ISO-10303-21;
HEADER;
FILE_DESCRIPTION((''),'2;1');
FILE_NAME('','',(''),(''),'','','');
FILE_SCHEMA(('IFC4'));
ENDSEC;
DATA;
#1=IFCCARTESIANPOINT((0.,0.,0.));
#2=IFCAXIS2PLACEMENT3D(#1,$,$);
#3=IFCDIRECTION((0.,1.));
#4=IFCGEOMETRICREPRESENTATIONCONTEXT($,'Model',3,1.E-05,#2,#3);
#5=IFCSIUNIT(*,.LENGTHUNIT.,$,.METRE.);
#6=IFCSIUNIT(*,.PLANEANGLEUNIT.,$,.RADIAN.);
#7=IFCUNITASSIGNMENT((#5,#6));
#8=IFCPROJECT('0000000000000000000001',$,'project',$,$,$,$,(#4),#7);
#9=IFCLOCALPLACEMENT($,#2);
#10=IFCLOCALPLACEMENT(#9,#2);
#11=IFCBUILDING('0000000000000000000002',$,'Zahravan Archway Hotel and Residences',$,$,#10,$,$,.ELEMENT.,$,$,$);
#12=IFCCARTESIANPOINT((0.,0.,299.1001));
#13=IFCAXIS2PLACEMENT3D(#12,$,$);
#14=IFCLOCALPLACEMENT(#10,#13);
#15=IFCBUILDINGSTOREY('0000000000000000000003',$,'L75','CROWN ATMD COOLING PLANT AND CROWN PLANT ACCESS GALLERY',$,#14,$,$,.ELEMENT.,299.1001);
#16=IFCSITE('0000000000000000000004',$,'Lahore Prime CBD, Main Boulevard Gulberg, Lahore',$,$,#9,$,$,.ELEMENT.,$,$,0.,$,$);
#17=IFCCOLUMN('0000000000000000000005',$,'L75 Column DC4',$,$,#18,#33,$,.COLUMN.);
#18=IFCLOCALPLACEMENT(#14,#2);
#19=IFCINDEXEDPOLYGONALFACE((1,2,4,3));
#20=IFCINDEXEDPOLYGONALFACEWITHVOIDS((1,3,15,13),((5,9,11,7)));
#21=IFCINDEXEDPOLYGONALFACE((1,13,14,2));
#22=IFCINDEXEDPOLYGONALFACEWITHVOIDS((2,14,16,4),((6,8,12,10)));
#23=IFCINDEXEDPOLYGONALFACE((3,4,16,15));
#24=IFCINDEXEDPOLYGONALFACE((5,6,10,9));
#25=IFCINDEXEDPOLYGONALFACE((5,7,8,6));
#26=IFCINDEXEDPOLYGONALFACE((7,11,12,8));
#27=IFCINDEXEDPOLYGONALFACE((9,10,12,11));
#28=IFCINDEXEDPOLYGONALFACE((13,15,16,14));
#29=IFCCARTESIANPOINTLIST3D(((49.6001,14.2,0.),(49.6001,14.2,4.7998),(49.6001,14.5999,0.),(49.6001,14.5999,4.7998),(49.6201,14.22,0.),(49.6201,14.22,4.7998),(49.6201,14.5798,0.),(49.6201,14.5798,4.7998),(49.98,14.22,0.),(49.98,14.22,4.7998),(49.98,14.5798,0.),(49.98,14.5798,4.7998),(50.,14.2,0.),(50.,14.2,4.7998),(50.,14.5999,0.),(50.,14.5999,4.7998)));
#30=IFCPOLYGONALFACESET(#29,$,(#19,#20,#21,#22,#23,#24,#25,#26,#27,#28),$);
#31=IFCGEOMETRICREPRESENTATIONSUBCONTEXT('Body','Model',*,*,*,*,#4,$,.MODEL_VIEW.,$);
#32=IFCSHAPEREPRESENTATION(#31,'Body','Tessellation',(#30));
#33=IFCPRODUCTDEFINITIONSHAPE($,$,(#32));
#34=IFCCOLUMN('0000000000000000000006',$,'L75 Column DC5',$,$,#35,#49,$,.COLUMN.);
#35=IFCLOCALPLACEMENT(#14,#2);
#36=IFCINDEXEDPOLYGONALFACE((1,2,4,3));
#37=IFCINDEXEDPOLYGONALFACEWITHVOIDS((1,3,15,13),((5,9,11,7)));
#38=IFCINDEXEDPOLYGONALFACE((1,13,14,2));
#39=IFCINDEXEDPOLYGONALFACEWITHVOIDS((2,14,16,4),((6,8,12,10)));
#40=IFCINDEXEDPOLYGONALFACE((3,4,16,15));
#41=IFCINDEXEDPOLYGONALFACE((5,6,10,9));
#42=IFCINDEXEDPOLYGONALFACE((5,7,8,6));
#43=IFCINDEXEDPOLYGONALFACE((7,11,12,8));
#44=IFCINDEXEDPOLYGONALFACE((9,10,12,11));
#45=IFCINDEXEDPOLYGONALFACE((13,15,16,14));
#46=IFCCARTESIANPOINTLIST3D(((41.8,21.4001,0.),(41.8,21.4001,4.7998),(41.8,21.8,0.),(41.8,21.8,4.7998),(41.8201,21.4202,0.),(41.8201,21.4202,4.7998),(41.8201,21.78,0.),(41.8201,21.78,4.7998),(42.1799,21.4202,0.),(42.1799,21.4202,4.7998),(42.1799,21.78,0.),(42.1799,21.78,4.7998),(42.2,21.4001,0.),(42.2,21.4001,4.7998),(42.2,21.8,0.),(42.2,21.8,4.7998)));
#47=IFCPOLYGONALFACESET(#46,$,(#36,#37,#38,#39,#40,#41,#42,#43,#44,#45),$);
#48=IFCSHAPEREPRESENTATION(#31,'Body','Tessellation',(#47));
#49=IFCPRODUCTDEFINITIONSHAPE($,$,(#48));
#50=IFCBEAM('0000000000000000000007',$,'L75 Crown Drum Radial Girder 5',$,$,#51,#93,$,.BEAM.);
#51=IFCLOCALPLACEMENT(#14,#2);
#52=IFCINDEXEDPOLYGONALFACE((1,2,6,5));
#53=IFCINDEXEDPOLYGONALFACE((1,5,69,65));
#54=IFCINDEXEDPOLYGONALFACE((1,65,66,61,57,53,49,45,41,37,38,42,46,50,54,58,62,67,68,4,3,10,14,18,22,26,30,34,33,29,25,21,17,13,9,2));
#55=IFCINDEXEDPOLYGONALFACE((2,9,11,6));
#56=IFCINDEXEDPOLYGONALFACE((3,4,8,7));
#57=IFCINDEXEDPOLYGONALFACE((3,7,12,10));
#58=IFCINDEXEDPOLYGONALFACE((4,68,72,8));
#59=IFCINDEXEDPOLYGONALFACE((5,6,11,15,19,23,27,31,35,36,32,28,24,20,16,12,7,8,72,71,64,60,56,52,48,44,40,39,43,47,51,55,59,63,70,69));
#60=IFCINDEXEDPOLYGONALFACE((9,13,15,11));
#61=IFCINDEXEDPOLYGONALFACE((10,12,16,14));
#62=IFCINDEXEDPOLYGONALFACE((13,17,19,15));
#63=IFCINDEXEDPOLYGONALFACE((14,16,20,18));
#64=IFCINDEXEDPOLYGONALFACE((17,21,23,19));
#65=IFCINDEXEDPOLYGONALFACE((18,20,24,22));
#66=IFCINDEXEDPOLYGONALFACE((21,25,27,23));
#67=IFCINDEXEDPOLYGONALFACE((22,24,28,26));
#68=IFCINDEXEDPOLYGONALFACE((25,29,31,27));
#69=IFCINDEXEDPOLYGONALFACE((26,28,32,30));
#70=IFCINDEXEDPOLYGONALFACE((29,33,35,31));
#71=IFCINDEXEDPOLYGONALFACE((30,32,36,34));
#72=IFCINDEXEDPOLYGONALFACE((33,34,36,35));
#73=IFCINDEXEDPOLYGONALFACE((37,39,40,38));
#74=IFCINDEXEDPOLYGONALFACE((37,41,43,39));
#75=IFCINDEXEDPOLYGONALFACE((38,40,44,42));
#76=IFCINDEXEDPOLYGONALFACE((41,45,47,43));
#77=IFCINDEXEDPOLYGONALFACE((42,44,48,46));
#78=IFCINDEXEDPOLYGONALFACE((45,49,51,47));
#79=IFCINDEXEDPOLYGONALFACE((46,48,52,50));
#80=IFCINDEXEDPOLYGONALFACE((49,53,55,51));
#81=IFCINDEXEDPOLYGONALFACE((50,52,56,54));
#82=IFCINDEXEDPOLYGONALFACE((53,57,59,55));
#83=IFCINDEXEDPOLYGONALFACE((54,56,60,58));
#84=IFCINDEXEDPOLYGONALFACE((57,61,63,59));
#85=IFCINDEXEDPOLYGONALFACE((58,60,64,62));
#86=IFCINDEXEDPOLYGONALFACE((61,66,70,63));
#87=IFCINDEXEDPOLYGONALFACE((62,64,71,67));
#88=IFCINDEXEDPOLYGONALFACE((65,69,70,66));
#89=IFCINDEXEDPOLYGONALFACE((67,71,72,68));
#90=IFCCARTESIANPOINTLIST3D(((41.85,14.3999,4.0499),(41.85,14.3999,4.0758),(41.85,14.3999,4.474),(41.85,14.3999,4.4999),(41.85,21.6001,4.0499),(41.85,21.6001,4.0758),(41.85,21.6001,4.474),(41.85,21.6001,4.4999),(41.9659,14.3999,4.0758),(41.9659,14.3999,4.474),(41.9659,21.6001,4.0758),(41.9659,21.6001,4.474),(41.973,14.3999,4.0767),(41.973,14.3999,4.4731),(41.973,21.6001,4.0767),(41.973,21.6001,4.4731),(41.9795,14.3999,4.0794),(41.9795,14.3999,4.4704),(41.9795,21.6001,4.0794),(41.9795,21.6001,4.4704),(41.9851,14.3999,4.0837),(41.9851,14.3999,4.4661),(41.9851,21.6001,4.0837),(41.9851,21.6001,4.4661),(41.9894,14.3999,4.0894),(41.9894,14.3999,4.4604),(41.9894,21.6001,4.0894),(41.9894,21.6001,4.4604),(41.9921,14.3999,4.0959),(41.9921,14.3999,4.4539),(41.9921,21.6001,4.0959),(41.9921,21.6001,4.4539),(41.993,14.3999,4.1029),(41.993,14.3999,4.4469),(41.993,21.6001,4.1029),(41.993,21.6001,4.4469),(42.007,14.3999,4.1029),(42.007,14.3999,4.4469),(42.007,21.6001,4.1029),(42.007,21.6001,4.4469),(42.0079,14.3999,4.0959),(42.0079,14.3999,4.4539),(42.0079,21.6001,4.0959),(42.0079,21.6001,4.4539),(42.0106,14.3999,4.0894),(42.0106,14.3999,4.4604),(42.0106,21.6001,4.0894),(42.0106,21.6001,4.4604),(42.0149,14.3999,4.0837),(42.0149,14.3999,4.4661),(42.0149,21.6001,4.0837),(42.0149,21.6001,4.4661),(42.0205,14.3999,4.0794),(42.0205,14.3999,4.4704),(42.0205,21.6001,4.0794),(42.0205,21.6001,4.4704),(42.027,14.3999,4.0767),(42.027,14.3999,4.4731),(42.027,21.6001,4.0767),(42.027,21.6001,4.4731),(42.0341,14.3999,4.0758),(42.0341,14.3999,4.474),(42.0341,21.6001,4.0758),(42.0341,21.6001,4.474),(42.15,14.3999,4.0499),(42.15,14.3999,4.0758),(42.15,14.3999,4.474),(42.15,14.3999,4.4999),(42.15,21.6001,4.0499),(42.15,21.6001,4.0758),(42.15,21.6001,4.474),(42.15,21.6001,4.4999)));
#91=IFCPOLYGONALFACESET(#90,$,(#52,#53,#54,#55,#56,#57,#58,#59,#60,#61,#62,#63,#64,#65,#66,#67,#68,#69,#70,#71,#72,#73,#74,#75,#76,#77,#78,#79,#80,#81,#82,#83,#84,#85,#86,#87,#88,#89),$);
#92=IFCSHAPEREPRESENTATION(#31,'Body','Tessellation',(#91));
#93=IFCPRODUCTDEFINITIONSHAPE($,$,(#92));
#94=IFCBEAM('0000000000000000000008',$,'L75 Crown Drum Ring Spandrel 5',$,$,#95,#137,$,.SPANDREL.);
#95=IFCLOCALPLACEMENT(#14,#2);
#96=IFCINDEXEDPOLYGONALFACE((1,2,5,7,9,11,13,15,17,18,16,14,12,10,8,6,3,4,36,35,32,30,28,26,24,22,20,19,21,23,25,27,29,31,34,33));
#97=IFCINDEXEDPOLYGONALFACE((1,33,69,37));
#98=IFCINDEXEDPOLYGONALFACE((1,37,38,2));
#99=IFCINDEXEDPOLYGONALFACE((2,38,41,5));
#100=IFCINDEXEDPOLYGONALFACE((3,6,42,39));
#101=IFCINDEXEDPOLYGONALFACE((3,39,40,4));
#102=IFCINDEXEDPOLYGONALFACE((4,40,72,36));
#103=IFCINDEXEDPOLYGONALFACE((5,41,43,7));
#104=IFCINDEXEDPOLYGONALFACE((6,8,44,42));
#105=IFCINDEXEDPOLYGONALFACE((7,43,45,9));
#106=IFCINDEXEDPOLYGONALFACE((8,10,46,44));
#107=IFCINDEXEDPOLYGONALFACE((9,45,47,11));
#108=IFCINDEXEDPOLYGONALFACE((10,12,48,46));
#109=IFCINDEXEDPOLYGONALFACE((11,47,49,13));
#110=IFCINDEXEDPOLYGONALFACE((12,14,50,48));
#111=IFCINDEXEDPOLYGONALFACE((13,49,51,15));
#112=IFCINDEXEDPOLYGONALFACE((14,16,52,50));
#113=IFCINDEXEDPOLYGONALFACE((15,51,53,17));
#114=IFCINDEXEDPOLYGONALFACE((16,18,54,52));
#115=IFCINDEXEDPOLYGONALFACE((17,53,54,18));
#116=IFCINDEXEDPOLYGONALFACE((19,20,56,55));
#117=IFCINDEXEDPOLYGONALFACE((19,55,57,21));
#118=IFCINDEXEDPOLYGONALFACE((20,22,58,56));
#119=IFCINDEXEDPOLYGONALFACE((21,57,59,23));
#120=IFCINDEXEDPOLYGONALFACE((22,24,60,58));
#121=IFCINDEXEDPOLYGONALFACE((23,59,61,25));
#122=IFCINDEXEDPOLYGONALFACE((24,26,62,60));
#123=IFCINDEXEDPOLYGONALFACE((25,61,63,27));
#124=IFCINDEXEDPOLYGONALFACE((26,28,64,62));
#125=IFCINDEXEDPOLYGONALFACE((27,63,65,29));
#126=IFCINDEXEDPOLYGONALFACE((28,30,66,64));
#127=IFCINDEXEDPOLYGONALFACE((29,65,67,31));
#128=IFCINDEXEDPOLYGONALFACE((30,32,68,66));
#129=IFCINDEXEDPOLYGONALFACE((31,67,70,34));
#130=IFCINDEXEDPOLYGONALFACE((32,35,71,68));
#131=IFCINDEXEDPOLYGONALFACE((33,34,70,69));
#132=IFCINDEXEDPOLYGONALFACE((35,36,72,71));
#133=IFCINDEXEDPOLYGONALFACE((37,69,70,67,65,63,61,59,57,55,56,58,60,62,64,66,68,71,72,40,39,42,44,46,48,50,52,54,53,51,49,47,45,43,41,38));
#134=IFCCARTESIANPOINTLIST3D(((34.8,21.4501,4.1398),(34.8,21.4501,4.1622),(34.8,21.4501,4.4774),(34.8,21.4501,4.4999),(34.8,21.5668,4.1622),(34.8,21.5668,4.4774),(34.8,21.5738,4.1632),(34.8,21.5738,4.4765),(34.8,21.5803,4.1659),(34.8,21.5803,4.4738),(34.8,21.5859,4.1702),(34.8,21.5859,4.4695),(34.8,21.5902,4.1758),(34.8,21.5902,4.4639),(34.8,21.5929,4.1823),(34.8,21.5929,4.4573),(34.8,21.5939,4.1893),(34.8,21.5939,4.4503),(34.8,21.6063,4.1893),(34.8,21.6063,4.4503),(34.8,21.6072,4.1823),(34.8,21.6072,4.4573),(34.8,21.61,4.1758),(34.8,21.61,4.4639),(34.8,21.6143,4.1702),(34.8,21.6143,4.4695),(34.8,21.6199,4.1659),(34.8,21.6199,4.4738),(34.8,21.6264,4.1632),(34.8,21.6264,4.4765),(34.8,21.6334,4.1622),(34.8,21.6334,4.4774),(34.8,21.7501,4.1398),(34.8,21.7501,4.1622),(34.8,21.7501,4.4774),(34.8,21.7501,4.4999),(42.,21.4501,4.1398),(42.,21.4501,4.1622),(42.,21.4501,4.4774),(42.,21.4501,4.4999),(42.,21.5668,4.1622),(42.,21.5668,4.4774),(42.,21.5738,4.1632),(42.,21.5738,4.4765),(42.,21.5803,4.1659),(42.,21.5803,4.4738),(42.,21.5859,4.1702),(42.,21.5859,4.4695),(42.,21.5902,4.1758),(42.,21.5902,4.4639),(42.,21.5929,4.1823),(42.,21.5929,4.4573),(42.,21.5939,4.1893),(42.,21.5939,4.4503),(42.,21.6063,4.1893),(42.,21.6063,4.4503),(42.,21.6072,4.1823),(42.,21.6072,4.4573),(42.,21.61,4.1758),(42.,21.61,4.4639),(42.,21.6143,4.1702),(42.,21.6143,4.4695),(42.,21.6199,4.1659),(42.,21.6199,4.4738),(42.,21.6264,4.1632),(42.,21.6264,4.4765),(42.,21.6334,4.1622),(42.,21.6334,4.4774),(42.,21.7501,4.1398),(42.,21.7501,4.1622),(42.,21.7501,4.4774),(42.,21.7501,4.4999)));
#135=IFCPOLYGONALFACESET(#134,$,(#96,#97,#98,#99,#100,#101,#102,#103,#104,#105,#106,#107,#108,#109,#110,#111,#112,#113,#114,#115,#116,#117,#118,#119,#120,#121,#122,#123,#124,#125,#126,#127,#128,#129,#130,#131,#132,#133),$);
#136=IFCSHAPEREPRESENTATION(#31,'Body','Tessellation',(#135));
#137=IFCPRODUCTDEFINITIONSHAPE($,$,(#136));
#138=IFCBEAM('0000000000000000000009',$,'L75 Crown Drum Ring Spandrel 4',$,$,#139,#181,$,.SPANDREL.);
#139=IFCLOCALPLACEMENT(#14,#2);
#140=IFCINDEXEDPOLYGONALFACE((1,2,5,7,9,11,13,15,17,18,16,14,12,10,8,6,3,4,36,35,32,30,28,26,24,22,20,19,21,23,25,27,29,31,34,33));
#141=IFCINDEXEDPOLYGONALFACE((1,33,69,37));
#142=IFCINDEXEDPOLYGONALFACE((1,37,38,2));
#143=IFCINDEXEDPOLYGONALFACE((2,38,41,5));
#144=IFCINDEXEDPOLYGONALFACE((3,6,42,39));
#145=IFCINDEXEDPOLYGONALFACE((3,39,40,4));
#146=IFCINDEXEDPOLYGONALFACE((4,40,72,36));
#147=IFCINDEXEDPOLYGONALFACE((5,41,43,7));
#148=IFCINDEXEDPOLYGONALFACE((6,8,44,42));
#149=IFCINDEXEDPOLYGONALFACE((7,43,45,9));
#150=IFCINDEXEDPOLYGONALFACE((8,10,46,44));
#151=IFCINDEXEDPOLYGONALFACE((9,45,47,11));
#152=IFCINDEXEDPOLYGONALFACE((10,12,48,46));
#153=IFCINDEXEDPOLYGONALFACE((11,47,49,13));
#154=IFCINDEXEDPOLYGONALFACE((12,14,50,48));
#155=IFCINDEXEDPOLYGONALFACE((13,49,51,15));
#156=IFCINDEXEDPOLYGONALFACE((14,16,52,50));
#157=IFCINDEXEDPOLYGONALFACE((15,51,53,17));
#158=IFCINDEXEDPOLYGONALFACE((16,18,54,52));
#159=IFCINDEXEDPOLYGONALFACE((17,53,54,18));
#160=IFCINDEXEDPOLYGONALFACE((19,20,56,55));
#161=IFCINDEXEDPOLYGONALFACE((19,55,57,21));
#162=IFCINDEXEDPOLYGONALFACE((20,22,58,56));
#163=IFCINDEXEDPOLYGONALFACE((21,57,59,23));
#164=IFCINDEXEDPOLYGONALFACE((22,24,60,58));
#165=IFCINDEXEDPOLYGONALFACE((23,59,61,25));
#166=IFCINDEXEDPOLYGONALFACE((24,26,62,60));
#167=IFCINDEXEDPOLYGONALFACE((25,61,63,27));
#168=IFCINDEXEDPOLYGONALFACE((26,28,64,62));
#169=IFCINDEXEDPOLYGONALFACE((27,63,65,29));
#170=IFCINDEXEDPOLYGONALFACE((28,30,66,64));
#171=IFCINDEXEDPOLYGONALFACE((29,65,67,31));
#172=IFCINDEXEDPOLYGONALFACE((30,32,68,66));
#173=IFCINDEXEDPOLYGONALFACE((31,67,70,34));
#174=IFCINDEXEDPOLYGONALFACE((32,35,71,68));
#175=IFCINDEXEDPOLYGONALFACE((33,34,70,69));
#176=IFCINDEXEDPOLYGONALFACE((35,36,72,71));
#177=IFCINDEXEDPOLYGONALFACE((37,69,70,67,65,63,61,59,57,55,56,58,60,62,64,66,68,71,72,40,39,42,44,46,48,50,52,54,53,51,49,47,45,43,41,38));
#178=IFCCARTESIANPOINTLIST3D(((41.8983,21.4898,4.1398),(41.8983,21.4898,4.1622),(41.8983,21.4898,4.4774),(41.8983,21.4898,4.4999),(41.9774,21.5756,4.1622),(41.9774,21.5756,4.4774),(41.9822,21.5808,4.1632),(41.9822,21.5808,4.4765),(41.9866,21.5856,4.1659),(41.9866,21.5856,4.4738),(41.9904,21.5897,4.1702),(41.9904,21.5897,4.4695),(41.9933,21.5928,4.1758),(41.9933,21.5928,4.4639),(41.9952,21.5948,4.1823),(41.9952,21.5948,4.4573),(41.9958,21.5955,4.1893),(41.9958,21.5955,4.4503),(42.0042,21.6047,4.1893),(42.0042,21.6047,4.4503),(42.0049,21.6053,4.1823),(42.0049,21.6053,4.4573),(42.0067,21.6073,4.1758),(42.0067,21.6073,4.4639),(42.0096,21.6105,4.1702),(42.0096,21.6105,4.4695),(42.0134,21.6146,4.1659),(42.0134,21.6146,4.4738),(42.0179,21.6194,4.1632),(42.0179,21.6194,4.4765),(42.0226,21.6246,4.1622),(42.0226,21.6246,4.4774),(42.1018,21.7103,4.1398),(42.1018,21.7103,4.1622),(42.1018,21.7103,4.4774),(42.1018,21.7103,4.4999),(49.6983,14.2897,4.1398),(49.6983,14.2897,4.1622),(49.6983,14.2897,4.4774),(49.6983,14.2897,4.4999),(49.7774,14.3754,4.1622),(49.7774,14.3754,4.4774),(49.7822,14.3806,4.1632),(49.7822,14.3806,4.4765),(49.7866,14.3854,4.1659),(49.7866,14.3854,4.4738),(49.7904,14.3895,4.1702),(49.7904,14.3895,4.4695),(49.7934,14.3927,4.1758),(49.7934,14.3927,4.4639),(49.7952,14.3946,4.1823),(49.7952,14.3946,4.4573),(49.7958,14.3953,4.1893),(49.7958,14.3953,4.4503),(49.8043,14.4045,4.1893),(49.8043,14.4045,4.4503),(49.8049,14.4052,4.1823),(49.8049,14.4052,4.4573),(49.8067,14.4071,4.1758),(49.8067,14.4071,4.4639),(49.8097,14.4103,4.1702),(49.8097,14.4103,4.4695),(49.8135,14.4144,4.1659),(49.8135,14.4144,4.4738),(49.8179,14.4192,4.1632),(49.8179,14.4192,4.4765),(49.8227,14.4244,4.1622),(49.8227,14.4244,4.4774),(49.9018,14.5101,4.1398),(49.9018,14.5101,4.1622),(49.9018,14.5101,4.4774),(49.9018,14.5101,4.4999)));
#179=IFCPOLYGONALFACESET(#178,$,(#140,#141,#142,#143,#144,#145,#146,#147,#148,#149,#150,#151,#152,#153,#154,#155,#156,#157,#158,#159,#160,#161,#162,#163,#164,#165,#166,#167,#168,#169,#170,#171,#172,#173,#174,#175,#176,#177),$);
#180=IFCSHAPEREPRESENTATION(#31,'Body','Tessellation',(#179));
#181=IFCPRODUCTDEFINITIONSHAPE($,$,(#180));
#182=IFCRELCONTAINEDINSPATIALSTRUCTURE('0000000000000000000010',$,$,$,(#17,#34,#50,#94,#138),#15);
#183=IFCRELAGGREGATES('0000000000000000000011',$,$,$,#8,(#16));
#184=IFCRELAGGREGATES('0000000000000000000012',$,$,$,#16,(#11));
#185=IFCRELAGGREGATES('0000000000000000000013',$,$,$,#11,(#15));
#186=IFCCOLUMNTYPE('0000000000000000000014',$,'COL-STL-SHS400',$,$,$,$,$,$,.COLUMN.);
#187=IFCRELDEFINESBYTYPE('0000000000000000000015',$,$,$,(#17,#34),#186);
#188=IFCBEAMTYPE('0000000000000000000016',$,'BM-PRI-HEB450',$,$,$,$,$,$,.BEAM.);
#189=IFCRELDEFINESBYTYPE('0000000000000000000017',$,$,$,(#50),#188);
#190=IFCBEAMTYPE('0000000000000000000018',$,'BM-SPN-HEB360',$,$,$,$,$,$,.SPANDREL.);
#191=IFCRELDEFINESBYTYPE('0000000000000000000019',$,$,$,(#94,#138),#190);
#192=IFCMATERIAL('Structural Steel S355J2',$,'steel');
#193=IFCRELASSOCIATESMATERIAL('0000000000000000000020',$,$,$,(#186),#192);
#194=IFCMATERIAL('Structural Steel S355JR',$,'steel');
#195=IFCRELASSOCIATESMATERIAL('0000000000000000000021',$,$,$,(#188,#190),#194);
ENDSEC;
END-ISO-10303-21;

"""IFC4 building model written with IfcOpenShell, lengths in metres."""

from ifc_helpers import new_model, si_unit, direction, frame, origin, origin_2d, place, context, subcontext, project, spatial, hollow_rectangle, i_section, extrude, source, transform, mapped, material, material_profile, profile_set, type_object, type_shapes, element, save


model = new_model("IFC4")

# Units and contexts
model_context = context("Model", 3, precision=1e-05, world=origin(), true_north=direction((0.0, 1.0)))
body_context = subcontext(model_context, "Body", "Model", "MODEL_VIEW")
ifc_project = project(units=[si_unit("LENGTHUNIT", "METRE"), si_unit("PLANEANGLEUNIT", "RADIAN")], contexts=[model_context])

# Site, building, storey
site_placement = place(None, origin())
site = spatial("IfcSite", under=ifc_project, at=site_placement, Name="Lahore Prime CBD, Main Boulevard Gulberg, Lahore", CompositionType="ELEMENT", RefElevation=0.0)
building_placement = place(site_placement, origin())
building = spatial("IfcBuilding", under=site, at=building_placement, Name="Zahravan Archway Hotel and Residences", CompositionType="ELEMENT")
storey_placement = place(building_placement, frame((0.0, 0.0, 299.1001)))
storey = spatial("IfcBuildingStorey", under=building, at=storey_placement, Name="L75", Description="CROWN ATMD COOLING PLANT AND CROWN PLANT ACCESS GALLERY", CompositionType="ELEMENT", Elevation=299.1001)

# Columns
ifc_material_1 = material(Name="Structural Steel S355J2", Category="steel")
ifc_material_profile_1 = material_profile(ifc_material_1, hollow_rectangle(XDim=0.3999, YDim=0.3999, WallThickness=0.02, at=origin_2d()), Name="SHS 400x400x20", Category="steel")
ifc_profile_set_1 = profile_set([ifc_material_profile_1], Name="Structural Steel S355J2")
column_type = type_object("IfcColumnType", Name="COL-STL-SHS400", PredefinedType="COLUMN", material=ifc_profile_set_1)
shared_shape_1 = source(origin(), body_context, "Body", "SweptSolid", [
    extrude(hollow_rectangle(XDim=0.3999, YDim=0.3999, WallThickness=0.02, at=origin_2d()), origin(), (0.0, 0.0, 1.0), 4.7998),
])
type_shapes(column_type, [shared_shape_1])
for number, where, z_axis, x_axis, name in (
    (1, (49.8, 14.3999, 0.0), (0.0, 0.0, 1.0), (1.0, 0.0, 0.0), "L75 Column DC4"),
    (2, (42.0, 21.6001, 0.0), (0.0, 0.0, 1.0), (1.0, 0.0, 0.0), "L75 Column DC5"),
):
    element("IfcColumn", number, at=place(storey_placement, frame(where, z_axis=z_axis, x_axis=x_axis)), inside=storey, type_object=column_type, Name=name, PredefinedType="COLUMN", context=body_context, shape_type="MappedRepresentation", body=[
        mapped(shared_shape_1, transform((0.0, 0.0, 0.0), scale=1.0)),
    ])

# Beams
ifc_material_2 = material(Name="Structural Steel S355JR", Category="steel")
ifc_material_profile_2 = material_profile(ifc_material_2, i_section(OverallWidth=0.3, OverallDepth=0.45, WebThickness=0.0139, FlangeThickness=0.0259, FilletRadius=0.0271, at=origin_2d()), Name="HEB 450", Category="steel")
ifc_profile_set_2 = profile_set([ifc_material_profile_2], Name="Structural Steel S355JR")
beam_type_1 = type_object("IfcBeamType", Name="BM-PRI-HEB450", PredefinedType="BEAM", material=ifc_profile_set_2)
shared_shape_2 = source(origin(), body_context, "Body", "SweptSolid", [
    extrude(i_section(OverallWidth=0.3, OverallDepth=0.45, WebThickness=0.0139, FlangeThickness=0.0259, FilletRadius=0.0271, at=origin_2d()), origin(), (0.0, 0.0, 1.0), 7.2002),
])
type_shapes(beam_type_1, [shared_shape_2])
beam_1_placement = place(storey_placement, frame((42.0, 14.3999, 4.2749), z_axis=(0.0, 1.0, 0.0), x_axis=(-1.0, 0.0, 0.0)))
element("IfcBeam", 3, at=beam_1_placement, inside=storey, type_object=beam_type_1, Name="L75 Crown Drum Radial Girder 5", PredefinedType="BEAM", context=body_context, shape_type="MappedRepresentation", body=[
    mapped(shared_shape_2, transform((0.0, 0.0, 0.0), scale=1.0)),
])
ifc_material_profile_3 = material_profile(ifc_material_2, i_section(OverallWidth=0.3, OverallDepth=0.3601, WebThickness=0.0125, FlangeThickness=0.0225, FilletRadius=0.0271, at=origin_2d()), Name="HEB 360", Category="steel")
ifc_profile_set_3 = profile_set([ifc_material_profile_3], Name="Structural Steel S355JR")
beam_type_2 = type_object("IfcBeamType", Name="BM-SPN-HEB360", PredefinedType="SPANDREL", material=ifc_profile_set_3)
shared_shape_3 = source(origin(), body_context, "Body", "SweptSolid", [
    extrude(i_section(OverallWidth=0.3, OverallDepth=0.3601, WebThickness=0.0125, FlangeThickness=0.0225, FilletRadius=0.0271, at=origin_2d()), origin(), (0.0, 0.0, 1.0), 7.2),
])
type_shapes(beam_type_2, [shared_shape_3])
beam_2_placement = place(storey_placement, frame((42.0, 21.6001, 4.3198), z_axis=(-1.0, 0.0, 0.0), x_axis=(0.0, -1.0, 0.0)))
element("IfcBeam", 4, at=beam_2_placement, inside=storey, type_object=beam_type_2, Name="L75 Crown Drum Ring Spandrel 5", PredefinedType="SPANDREL", context=body_context, shape_type="MappedRepresentation", body=[
    mapped(shared_shape_3, transform((0.0, 0.0, 0.0), scale=1.0)),
])
shared_shape_4 = source(origin(), body_context, "Body", "SweptSolid", [
    extrude(i_section(OverallWidth=0.3, OverallDepth=0.3601, WebThickness=0.0125, FlangeThickness=0.0225, FilletRadius=0.0271, at=origin_2d()), origin(), (0.0, 0.0, 1.0), 10.6152),
])
beam_3_placement = place(storey_placement, frame((49.8, 14.3999, 4.3198), z_axis=(-0.734796, 0.678288, 0.0), x_axis=(-0.678288, -0.734796, 0.0)))
element("IfcBeam", 5, at=beam_3_placement, inside=storey, type_object=beam_type_2, Name="L75 Crown Drum Ring Spandrel 4", PredefinedType="SPANDREL", context=body_context, shape_type="MappedRepresentation", body=[
    mapped(shared_shape_4, transform((0.0, 0.0, 0.0), scale=1.0)),
])

save(model, "model.ifc")
